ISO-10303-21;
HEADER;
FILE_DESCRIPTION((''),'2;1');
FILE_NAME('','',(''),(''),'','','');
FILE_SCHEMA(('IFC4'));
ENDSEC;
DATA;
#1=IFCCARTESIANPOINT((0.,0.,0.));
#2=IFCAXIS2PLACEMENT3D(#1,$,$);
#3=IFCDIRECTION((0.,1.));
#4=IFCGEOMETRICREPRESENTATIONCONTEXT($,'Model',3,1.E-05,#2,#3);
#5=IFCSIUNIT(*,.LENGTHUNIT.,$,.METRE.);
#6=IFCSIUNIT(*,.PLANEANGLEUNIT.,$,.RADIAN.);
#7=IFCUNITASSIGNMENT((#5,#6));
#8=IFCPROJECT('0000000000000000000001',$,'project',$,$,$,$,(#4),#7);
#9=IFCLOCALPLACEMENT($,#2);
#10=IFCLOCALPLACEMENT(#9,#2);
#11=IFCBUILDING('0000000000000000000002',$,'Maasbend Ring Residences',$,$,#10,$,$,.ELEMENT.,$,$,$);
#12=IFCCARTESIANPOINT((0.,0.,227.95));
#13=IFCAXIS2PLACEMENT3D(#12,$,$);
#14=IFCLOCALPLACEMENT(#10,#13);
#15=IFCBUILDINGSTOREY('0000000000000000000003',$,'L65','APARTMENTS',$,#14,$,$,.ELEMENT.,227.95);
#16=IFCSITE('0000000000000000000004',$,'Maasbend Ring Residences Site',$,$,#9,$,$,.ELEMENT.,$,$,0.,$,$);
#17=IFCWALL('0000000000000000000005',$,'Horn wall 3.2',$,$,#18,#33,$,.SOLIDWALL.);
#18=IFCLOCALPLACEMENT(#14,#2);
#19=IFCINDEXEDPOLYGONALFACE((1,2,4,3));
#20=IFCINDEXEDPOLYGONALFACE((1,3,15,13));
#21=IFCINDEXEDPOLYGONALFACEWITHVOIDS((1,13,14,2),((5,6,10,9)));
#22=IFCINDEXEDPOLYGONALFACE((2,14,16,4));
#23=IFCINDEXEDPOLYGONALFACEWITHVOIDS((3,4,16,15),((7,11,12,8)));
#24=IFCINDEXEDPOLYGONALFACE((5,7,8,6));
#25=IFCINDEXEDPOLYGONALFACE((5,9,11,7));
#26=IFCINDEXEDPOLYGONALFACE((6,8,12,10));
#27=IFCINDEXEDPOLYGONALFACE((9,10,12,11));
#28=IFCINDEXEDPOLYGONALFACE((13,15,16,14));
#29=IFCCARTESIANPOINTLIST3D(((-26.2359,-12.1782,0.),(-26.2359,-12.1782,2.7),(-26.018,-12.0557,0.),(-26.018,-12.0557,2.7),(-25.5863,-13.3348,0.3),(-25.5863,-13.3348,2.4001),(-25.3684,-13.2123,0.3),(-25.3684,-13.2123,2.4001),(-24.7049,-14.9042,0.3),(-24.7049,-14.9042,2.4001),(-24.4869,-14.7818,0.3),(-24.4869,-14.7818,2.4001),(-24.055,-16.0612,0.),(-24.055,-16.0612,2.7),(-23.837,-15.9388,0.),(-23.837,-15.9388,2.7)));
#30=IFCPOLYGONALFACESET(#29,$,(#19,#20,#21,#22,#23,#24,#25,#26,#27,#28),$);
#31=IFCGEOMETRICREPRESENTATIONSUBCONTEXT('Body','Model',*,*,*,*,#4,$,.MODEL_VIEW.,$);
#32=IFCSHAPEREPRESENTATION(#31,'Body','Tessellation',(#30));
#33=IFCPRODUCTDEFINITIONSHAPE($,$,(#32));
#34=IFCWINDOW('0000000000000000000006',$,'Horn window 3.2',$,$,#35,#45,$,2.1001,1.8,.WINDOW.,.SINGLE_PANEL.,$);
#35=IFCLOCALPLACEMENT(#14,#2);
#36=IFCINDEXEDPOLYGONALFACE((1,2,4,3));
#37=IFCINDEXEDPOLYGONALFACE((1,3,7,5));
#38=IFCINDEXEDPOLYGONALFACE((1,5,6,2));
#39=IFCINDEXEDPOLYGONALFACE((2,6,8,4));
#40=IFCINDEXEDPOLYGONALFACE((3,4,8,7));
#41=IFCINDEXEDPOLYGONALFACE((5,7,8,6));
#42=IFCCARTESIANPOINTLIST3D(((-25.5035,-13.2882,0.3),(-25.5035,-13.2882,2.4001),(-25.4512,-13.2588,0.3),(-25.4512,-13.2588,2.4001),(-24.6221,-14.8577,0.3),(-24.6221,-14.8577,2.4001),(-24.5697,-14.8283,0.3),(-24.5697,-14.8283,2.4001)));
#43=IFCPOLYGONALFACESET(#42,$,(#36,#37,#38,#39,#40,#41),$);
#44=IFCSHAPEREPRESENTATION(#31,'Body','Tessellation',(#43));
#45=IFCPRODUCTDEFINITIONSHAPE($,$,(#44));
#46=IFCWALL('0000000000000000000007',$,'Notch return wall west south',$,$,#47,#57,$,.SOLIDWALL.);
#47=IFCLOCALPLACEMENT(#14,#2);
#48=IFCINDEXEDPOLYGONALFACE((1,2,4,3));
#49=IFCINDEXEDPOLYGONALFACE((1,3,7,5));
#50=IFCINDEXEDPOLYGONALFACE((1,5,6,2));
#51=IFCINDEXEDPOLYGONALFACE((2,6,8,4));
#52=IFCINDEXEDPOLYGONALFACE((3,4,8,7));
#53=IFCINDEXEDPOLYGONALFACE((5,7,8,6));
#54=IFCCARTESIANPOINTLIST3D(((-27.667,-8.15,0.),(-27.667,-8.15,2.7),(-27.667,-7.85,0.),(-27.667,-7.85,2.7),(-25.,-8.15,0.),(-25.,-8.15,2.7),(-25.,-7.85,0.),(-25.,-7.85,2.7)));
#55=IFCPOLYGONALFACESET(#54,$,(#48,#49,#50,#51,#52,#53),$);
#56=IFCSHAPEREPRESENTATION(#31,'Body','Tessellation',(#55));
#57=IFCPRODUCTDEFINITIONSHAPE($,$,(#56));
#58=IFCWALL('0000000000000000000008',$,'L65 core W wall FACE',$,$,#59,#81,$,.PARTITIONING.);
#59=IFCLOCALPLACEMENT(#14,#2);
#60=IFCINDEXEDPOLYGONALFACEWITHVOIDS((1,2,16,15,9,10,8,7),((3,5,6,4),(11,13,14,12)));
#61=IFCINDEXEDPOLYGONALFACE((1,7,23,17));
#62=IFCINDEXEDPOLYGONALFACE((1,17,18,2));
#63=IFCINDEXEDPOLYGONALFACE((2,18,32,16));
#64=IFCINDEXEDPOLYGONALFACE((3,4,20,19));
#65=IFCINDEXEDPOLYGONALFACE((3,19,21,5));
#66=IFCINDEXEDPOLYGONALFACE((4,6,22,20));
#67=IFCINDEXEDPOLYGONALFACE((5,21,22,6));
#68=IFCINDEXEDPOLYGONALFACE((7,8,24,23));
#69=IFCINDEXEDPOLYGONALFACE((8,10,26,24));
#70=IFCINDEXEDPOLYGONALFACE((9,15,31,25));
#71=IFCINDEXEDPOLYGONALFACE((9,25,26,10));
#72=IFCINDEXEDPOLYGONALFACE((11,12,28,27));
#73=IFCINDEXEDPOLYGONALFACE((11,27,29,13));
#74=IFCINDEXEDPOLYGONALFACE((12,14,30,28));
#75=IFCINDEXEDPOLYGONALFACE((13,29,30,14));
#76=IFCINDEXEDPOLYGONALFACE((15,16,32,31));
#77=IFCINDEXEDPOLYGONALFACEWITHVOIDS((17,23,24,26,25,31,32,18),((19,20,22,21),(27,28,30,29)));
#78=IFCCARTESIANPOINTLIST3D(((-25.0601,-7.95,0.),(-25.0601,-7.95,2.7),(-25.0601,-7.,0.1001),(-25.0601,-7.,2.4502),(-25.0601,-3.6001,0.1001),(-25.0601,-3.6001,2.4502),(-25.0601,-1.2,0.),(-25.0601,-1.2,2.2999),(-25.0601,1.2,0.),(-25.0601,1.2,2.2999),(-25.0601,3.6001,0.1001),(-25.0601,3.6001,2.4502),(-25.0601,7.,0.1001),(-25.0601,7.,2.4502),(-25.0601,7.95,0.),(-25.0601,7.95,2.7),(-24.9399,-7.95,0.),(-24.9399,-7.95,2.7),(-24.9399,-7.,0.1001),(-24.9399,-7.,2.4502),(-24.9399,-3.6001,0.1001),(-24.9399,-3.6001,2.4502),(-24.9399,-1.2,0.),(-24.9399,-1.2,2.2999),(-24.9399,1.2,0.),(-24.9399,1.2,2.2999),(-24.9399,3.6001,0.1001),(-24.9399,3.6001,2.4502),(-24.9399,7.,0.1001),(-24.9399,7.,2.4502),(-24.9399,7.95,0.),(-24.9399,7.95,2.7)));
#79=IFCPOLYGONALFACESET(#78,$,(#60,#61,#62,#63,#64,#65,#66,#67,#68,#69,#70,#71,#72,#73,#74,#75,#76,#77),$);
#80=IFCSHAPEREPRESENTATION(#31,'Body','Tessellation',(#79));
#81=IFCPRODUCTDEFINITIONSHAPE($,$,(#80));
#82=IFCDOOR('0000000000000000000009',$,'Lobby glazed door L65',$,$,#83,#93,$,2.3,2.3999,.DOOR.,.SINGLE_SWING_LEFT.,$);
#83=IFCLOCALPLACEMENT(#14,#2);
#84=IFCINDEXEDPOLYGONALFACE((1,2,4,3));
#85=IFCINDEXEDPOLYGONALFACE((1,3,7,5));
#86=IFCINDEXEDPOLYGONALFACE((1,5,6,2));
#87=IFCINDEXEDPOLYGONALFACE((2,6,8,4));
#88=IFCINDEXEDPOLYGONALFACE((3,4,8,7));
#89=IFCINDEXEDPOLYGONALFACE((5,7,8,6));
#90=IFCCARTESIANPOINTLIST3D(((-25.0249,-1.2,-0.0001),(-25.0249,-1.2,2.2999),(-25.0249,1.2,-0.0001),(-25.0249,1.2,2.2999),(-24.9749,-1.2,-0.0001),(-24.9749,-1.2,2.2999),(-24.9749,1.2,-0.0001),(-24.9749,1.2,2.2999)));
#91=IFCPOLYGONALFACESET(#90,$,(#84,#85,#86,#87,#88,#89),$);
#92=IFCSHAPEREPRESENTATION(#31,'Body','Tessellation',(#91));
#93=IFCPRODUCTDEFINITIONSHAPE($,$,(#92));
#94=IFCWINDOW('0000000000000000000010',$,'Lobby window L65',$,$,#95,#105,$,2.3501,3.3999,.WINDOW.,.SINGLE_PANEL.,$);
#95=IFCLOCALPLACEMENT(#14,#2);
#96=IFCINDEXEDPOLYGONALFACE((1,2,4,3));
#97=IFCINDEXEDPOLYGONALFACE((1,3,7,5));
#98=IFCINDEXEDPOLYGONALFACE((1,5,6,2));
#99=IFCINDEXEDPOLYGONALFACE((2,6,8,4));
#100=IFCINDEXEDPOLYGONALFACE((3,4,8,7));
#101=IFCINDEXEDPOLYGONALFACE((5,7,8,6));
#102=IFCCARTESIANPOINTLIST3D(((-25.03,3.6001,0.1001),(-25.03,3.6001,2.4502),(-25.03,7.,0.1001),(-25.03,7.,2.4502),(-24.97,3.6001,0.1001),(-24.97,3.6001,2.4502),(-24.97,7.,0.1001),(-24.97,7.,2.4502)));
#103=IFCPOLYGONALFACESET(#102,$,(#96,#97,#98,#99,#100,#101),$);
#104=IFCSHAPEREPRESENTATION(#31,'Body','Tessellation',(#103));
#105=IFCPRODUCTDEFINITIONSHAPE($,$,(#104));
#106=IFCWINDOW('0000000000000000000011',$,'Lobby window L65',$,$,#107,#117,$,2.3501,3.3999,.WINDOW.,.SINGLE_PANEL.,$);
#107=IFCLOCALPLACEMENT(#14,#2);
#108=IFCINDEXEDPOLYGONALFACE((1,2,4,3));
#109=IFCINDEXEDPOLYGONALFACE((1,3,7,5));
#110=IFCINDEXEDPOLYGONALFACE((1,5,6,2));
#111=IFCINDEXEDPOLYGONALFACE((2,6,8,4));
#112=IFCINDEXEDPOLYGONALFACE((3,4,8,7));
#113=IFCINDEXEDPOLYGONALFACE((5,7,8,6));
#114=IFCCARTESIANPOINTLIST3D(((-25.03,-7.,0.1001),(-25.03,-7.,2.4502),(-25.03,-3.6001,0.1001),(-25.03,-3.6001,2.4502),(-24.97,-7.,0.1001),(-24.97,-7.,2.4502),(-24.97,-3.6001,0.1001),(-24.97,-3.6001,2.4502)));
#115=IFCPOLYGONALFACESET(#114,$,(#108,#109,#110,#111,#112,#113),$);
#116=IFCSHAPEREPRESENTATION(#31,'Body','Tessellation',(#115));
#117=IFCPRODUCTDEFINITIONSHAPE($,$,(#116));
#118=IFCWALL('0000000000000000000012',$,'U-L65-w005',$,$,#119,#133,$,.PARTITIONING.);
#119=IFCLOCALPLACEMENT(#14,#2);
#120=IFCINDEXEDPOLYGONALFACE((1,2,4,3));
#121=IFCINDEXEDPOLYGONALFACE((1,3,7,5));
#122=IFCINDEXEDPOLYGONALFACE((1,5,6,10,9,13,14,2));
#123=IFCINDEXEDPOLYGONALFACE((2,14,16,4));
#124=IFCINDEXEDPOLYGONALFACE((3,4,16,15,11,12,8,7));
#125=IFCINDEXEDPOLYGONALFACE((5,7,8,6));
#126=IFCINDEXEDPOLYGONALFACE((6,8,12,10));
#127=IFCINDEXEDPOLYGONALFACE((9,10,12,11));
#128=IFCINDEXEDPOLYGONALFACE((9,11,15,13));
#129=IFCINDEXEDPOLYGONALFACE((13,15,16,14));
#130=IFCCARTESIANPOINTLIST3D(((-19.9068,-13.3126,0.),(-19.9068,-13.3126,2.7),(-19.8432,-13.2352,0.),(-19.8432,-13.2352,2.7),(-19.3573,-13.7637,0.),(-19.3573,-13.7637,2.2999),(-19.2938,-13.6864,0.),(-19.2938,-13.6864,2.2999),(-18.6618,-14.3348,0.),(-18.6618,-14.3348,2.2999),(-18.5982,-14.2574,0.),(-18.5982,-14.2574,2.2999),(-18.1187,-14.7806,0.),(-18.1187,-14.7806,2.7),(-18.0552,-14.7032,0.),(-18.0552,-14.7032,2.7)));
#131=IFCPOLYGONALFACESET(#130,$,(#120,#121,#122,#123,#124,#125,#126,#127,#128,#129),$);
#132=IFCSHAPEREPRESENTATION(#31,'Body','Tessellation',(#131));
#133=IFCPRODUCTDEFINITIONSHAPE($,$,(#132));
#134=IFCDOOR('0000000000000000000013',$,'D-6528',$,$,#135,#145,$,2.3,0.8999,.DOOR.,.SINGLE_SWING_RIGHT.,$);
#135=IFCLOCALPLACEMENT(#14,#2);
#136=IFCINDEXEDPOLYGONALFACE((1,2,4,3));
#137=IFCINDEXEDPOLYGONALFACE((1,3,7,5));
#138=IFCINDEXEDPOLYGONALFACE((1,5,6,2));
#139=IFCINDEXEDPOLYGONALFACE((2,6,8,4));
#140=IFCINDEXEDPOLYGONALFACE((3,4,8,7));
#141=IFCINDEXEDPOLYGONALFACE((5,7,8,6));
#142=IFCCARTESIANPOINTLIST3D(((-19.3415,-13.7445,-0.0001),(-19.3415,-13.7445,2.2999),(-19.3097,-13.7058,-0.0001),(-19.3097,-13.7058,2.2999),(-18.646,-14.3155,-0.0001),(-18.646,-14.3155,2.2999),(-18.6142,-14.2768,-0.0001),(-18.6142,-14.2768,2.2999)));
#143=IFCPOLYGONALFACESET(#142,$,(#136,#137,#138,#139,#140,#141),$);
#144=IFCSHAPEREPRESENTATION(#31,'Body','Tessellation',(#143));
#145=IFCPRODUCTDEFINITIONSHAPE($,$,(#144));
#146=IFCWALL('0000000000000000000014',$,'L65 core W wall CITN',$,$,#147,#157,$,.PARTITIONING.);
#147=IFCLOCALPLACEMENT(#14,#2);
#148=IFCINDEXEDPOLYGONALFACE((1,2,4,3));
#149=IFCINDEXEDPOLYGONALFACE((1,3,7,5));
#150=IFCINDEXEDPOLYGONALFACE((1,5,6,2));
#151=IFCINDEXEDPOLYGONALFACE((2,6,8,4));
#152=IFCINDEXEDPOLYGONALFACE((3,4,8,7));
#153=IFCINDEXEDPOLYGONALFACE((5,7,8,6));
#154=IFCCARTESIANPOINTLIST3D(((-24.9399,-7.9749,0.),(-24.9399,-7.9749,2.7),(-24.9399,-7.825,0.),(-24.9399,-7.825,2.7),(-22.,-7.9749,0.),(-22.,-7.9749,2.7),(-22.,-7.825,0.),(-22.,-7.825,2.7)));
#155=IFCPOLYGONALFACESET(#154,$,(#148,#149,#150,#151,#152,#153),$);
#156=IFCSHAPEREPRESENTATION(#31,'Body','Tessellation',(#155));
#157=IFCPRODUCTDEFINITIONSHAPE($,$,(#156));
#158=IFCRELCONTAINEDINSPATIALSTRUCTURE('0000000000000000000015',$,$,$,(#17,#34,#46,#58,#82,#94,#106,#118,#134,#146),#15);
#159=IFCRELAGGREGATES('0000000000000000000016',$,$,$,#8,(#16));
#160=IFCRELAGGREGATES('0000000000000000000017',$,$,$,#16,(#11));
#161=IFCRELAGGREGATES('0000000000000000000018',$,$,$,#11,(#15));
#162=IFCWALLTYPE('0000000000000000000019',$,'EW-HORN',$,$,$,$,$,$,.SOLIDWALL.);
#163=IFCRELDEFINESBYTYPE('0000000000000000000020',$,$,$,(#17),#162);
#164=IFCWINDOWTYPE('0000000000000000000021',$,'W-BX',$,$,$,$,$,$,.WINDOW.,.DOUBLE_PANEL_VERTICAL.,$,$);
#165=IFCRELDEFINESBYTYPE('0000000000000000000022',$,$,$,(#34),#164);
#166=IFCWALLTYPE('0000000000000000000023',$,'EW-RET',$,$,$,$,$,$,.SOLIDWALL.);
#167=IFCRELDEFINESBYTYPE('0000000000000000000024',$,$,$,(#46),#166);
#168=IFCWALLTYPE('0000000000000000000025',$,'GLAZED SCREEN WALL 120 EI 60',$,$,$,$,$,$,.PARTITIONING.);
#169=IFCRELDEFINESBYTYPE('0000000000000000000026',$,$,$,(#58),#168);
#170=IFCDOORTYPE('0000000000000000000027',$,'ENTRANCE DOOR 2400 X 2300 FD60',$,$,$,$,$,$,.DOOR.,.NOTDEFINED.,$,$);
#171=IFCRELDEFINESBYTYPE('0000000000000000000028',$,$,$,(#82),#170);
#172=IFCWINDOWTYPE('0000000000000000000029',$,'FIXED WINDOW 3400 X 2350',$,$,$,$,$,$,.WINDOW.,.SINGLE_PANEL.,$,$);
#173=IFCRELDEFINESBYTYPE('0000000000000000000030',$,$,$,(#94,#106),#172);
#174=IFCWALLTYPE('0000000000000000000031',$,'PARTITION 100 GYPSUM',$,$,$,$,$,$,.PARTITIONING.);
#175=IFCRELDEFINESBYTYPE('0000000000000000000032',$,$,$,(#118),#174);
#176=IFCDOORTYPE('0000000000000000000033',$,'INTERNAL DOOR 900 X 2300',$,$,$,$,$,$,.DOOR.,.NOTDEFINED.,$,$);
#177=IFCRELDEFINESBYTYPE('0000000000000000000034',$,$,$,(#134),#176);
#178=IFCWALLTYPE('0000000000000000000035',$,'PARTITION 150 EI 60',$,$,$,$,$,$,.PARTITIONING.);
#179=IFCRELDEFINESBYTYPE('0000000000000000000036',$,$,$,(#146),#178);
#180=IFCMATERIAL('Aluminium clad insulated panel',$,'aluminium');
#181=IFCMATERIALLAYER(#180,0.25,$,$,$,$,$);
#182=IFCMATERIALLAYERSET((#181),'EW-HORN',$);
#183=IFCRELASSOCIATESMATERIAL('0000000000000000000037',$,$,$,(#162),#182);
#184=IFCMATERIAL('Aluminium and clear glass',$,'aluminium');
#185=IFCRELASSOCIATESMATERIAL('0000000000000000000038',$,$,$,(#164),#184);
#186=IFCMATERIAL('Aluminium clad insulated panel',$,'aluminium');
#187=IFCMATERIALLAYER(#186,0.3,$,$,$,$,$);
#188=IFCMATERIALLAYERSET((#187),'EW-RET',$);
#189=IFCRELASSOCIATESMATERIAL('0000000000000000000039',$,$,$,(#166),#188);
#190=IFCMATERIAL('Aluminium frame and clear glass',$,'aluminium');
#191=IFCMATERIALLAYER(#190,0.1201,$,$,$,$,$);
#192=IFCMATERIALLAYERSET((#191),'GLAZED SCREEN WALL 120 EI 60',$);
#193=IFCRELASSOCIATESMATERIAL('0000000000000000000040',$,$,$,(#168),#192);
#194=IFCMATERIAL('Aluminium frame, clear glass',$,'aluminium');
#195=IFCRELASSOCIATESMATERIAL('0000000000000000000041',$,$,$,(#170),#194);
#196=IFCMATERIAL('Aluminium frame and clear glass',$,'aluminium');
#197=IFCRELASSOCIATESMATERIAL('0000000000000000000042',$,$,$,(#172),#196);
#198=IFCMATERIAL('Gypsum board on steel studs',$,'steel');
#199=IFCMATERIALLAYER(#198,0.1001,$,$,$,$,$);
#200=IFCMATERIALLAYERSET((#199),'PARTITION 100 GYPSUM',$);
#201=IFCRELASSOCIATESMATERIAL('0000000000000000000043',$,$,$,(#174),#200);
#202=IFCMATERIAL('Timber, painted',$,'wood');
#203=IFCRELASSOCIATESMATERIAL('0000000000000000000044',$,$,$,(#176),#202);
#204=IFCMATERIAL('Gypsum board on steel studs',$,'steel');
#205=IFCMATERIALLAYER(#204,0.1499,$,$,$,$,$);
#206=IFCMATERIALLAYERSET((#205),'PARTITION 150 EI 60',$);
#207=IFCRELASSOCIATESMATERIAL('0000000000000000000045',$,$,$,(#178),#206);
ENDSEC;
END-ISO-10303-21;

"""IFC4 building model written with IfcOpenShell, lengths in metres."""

from ifc_helpers import new_model, si_unit, direction, frame, frame_2d, origin, place, context, subcontext, project, spatial, rectangle, extrude, material, layer, layer_set, type_object, element, fill, save


model = new_model("IFC4")

# Units and contexts
model_context = context("Model", 3, precision=1e-05, world=origin(), true_north=direction((0.0, 1.0)))
body_context = subcontext(model_context, "Body", "Model", "MODEL_VIEW")
ifc_project = project(units=[si_unit("LENGTHUNIT", "METRE"), si_unit("PLANEANGLEUNIT", "RADIAN")], contexts=[model_context])

# Site, building, storey
site_placement = place(None, origin())
site = spatial("IfcSite", under=ifc_project, at=site_placement, Name="Maasbend Ring Residences Site", CompositionType="ELEMENT", RefElevation=0.0)
building_placement = place(site_placement, origin())
building = spatial("IfcBuilding", under=site, at=building_placement, Name="Maasbend Ring Residences", CompositionType="ELEMENT")
storey_placement = place(building_placement, frame((0.0, 0.0, 227.95)))
storey = spatial("IfcBuildingStorey", under=building, at=storey_placement, Name="L65", Description="APARTMENTS", CompositionType="ELEMENT", Elevation=227.95)

# Wall, opening, window
ifc_material_1 = material(Name="Aluminium clad insulated panel", Category="aluminium")
ifc_layer_1 = layer(ifc_material_1, 0.25)
ifc_layer_set_1 = layer_set([ifc_layer_1], Name="EW-HORN")
wall_type_1 = type_object("IfcWallType", Name="EW-HORN", PredefinedType="SOLIDWALL", material=ifc_layer_set_1)
ifc_material_2 = material(Name="Aluminium and clear glass", Category="aluminium")
window_type_1 = type_object("IfcWindowType", Name="W-BX", PartitioningType="DOUBLE_PANEL_VERTICAL", PredefinedType="WINDOW", material=ifc_material_2)
wall_1_placement = place(storey_placement, frame((-26.127, -12.1169, 0.0), z_axis=(0.0, 0.0, 1.0), x_axis=(0.489696, -0.871893, 0.0)))
wall_1 = element("IfcWall", 1, at=wall_1_placement, inside=storey, type_object=wall_type_1, Name="Horn wall 3.2", PredefinedType="SOLIDWALL", context=body_context, shape_type="SweptSolid", body=[
    extrude(rectangle(XDim=4.4536, YDim=0.25, at=frame_2d((2.2268, 0.0))), origin(), (0.0, 0.0, 1.0), 2.7),
])
opening_1_placement = place(wall_1_placement, frame((1.3267, 0.0, 0.3)))
opening_1 = element("IfcOpeningElement", 2, at=opening_1_placement, cuts=wall_1, PredefinedType="OPENING", context=body_context, shape_type="SweptSolid", body=[
    extrude(rectangle(XDim=1.8, YDim=2.1001, at=frame_2d((0.8999, 1.05))), frame((0.0, 0.135, 0.0), z_axis=(0.0, -1.0, 0.0), x_axis=(1.0, 0.0, 0.0)), (0.0, 0.0, 1.0), 0.27),
])
window_1_placement = place(opening_1_placement, origin())
window_1 = element("IfcWindow", 3, at=window_1_placement, inside=storey, type_object=window_type_1, Name="Horn window 3.2", OverallHeight=2.1001, OverallWidth=1.8, PartitioningType="SINGLE_PANEL", PredefinedType="WINDOW", context=body_context, shape_type="SweptSolid", body=[
    extrude(rectangle(XDim=1.8, YDim=2.1001, at=frame_2d((0.8999, 1.05))), frame((0.0, 0.03, 0.0), z_axis=(0.0, -1.0, 0.0), x_axis=(1.0, 0.0, 0.0)), (0.0, 0.0, 1.0), 0.0601),
])
fill(opening_1, window_1)

# Wall
ifc_material_3 = material(Name="Aluminium clad insulated panel", Category="aluminium")
ifc_layer_2 = layer(ifc_material_3, 0.3)
ifc_layer_set_2 = layer_set([ifc_layer_2], Name="EW-RET")
wall_type_2 = type_object("IfcWallType", Name="EW-RET", PredefinedType="SOLIDWALL", material=ifc_layer_set_2)
wall_2_placement = place(storey_placement, frame((-25.0, -8.0, 0.0), z_axis=(0.0, 0.0, 1.0), x_axis=(-1.0, 0.0, 0.0)))
element("IfcWall", 4, at=wall_2_placement, inside=storey, type_object=wall_type_2, Name="Notch return wall west south", PredefinedType="SOLIDWALL", context=body_context, shape_type="SweptSolid", body=[
    extrude(rectangle(XDim=2.667, YDim=0.3, at=frame_2d((1.3335, 0.0))), origin(), (0.0, 0.0, 1.0), 2.7),
])

# Wall, openings, door, windows
ifc_material_4 = material(Name="Aluminium frame and clear glass", Category="aluminium")
ifc_layer_3 = layer(ifc_material_4, 0.1201)
ifc_layer_set_3 = layer_set([ifc_layer_3], Name="GLAZED SCREEN WALL 120 EI 60")
wall_type_3 = type_object("IfcWallType", Name="GLAZED SCREEN WALL 120 EI 60", PredefinedType="PARTITIONING", material=ifc_layer_set_3)
wall_3_placement = place(storey_placement, frame((-25.0, -7.95, 0.0), z_axis=(0.0, 0.0, 1.0), x_axis=(0.0, 1.0, 0.0)))
wall_3 = element("IfcWall", 5, at=wall_3_placement, inside=storey, type_object=wall_type_3, Name="L65 core W wall FACE", PredefinedType="PARTITIONING", context=body_context, shape_type="SweptSolid", body=[
    extrude(rectangle(XDim=15.8999, YDim=0.1201, at=frame_2d((7.95, 0.0))), origin(), (0.0, 0.0, 1.0), 2.7),
])
opening_2_placement = place(wall_3_placement, frame((6.75, 0.0, 0.0)))
opening_2 = element("IfcOpeningElement", 6, at=opening_2_placement, cuts=wall_3, PredefinedType="OPENING", context=body_context, shape_type="SweptSolid", body=[
    extrude(rectangle(XDim=2.3999, YDim=2.3, at=frame_2d((1.2, 1.1499))), frame((0.0, 0.0701, 0.0), z_axis=(0.0, -1.0, 0.0), x_axis=(1.0, 0.0, 0.0)), (0.0, 0.0, 1.0), 0.1401),
])
opening_3_placement = place(wall_3_placement, frame((11.55, 0.0, 0.1001)))
opening_3 = element("IfcOpeningElement", 7, at=opening_3_placement, cuts=wall_3, PredefinedType="OPENING", context=body_context, shape_type="SweptSolid", body=[
    extrude(rectangle(XDim=3.3999, YDim=2.3501, at=frame_2d((1.7, 1.175))), frame((0.0, 0.0701, 0.0), z_axis=(0.0, -1.0, 0.0), x_axis=(1.0, 0.0, 0.0)), (0.0, 0.0, 1.0), 0.1401),
])
opening_4_placement = place(wall_3_placement, frame((0.95, 0.0, 0.1001)))
opening_4 = element("IfcOpeningElement", 8, at=opening_4_placement, cuts=wall_3, PredefinedType="OPENING", context=body_context, shape_type="SweptSolid", body=[
    extrude(rectangle(XDim=3.3999, YDim=2.3501, at=frame_2d((1.7, 1.175))), frame((0.0, 0.0701, 0.0), z_axis=(0.0, -1.0, 0.0), x_axis=(1.0, 0.0, 0.0)), (0.0, 0.0, 1.0), 0.1401),
])
ifc_material_5 = material(Name="Aluminium frame, clear glass", Category="aluminium")
door_type_1 = type_object("IfcDoorType", Name="ENTRANCE DOOR 2400 X 2300 FD60", OperationType="NOTDEFINED", PredefinedType="DOOR", material=ifc_material_5)
door_1_placement = place(opening_2_placement, origin())
door_1 = element("IfcDoor", 9, at=door_1_placement, inside=storey, type_object=door_type_1, Name="Lobby glazed door L65", OperationType="SINGLE_SWING_LEFT", OverallHeight=2.3, OverallWidth=2.3999, PredefinedType="DOOR", context=body_context, shape_type="SweptSolid", body=[
    extrude(rectangle(XDim=2.3999, YDim=2.3, at=frame_2d((1.2, 1.1499))), frame((0.0, 0.0249, 0.0), z_axis=(0.0, -1.0, 0.0), x_axis=(1.0, 0.0, 0.0)), (0.0, 0.0, 1.0), 0.05),
])
fill(opening_2, door_1)
ifc_material_6 = material(Name="Aluminium frame and clear glass", Category="aluminium")
window_type_2 = type_object("IfcWindowType", Name="FIXED WINDOW 3400 X 2350", PartitioningType="SINGLE_PANEL", PredefinedType="WINDOW", material=ifc_material_6)
window_2_placement = place(opening_3_placement, origin())
window_2 = element("IfcWindow", 10, at=window_2_placement, inside=storey, type_object=window_type_2, Name="Lobby window L65", OverallHeight=2.3501, OverallWidth=3.3999, PartitioningType="SINGLE_PANEL", PredefinedType="WINDOW", context=body_context, shape_type="SweptSolid", body=[
    extrude(rectangle(XDim=3.3999, YDim=2.3501, at=frame_2d((1.7, 1.175))), frame((0.0, 0.03, 0.0), z_axis=(0.0, -1.0, 0.0), x_axis=(1.0, 0.0, 0.0)), (0.0, 0.0, 1.0), 0.0601),
])
fill(opening_3, window_2)
window_3_placement = place(opening_4_placement, origin())
window_3 = element("IfcWindow", 11, at=window_3_placement, inside=storey, type_object=window_type_2, Name="Lobby window L65", OverallHeight=2.3501, OverallWidth=3.3999, PartitioningType="SINGLE_PANEL", PredefinedType="WINDOW", context=body_context, shape_type="SweptSolid", body=[
    extrude(rectangle(XDim=3.3999, YDim=2.3501, at=frame_2d((1.7, 1.175))), frame((0.0, 0.03, 0.0), z_axis=(0.0, -1.0, 0.0), x_axis=(1.0, 0.0, 0.0)), (0.0, 0.0, 1.0), 0.0601),
])
fill(opening_4, window_3)

# Wall, opening, door
ifc_material_7 = material(Name="Gypsum board on steel studs", Category="steel")
ifc_layer_4 = layer(ifc_material_7, 0.1001)
ifc_layer_set_4 = layer_set([ifc_layer_4], Name="PARTITION 100 GYPSUM")
wall_type_4 = type_object("IfcWallType", Name="PARTITION 100 GYPSUM", PredefinedType="PARTITIONING", material=ifc_layer_set_4)
wall_4_placement = place(storey_placement, frame((-19.875, -13.2739, 0.0), z_axis=(0.0, 0.0, 1.0), x_axis=(0.772889, -0.634541, 0.0)))
wall_4 = element("IfcWall", 12, at=wall_4_placement, inside=storey, type_object=wall_type_4, Name="U-L65-w005", PredefinedType="PARTITIONING", context=body_context, shape_type="SweptSolid", body=[
    extrude(rectangle(XDim=2.3135, YDim=0.1001, at=frame_2d((1.1567, 0.0))), origin(), (0.0, 0.0, 1.0), 2.7),
])
opening_5_placement = place(wall_4_placement, frame((0.7109, 0.0, 0.0)))
opening_5 = element("IfcOpeningElement", 13, at=opening_5_placement, cuts=wall_4, PredefinedType="OPENING", context=body_context, shape_type="SweptSolid", body=[
    extrude(rectangle(XDim=0.8999, YDim=2.3, at=frame_2d((0.45, 1.1499))), frame((0.0, 0.0601, 0.0), z_axis=(0.0, -1.0, 0.0), x_axis=(1.0, 0.0, 0.0)), (0.0, 0.0, 1.0), 0.1201),
])
ifc_material_8 = material(Name="Timber, painted", Category="wood")
door_type_2 = type_object("IfcDoorType", Name="INTERNAL DOOR 900 X 2300", OperationType="NOTDEFINED", PredefinedType="DOOR", material=ifc_material_8)
door_2_placement = place(opening_5_placement, origin())
door_2 = element("IfcDoor", 14, at=door_2_placement, inside=storey, type_object=door_type_2, Name="D-6528", OperationType="SINGLE_SWING_RIGHT", OverallHeight=2.3, OverallWidth=0.8999, PredefinedType="DOOR", context=body_context, shape_type="SweptSolid", body=[
    extrude(rectangle(XDim=0.8999, YDim=2.3, at=frame_2d((0.45, 1.1499))), frame((0.0, 0.0249, 0.0), z_axis=(0.0, -1.0, 0.0), x_axis=(1.0, 0.0, 0.0)), (0.0, 0.0, 1.0), 0.05),
])
fill(opening_5, door_2)

# Wall
ifc_material_9 = material(Name="Gypsum board on steel studs", Category="steel")
ifc_layer_5 = layer(ifc_material_9, 0.1499)
ifc_layer_set_5 = layer_set([ifc_layer_5], Name="PARTITION 150 EI 60")
wall_type_5 = type_object("IfcWallType", Name="PARTITION 150 EI 60", PredefinedType="PARTITIONING", material=ifc_layer_set_5)
wall_5_placement = place(storey_placement, frame((-22.0, -7.8999, 0.0), z_axis=(0.0, 0.0, 1.0), x_axis=(-1.0, 0.0, 0.0)))
element("IfcWall", 15, at=wall_5_placement, inside=storey, type_object=wall_type_5, Name="L65 core W wall CITN", PredefinedType="PARTITIONING", context=body_context, shape_type="SweptSolid", body=[
    extrude(rectangle(XDim=2.9399, YDim=0.1499, at=frame_2d((1.47, 0.0))), origin(), (0.0, 0.0, 1.0), 2.7),
])

save(model, "model.ifc")
